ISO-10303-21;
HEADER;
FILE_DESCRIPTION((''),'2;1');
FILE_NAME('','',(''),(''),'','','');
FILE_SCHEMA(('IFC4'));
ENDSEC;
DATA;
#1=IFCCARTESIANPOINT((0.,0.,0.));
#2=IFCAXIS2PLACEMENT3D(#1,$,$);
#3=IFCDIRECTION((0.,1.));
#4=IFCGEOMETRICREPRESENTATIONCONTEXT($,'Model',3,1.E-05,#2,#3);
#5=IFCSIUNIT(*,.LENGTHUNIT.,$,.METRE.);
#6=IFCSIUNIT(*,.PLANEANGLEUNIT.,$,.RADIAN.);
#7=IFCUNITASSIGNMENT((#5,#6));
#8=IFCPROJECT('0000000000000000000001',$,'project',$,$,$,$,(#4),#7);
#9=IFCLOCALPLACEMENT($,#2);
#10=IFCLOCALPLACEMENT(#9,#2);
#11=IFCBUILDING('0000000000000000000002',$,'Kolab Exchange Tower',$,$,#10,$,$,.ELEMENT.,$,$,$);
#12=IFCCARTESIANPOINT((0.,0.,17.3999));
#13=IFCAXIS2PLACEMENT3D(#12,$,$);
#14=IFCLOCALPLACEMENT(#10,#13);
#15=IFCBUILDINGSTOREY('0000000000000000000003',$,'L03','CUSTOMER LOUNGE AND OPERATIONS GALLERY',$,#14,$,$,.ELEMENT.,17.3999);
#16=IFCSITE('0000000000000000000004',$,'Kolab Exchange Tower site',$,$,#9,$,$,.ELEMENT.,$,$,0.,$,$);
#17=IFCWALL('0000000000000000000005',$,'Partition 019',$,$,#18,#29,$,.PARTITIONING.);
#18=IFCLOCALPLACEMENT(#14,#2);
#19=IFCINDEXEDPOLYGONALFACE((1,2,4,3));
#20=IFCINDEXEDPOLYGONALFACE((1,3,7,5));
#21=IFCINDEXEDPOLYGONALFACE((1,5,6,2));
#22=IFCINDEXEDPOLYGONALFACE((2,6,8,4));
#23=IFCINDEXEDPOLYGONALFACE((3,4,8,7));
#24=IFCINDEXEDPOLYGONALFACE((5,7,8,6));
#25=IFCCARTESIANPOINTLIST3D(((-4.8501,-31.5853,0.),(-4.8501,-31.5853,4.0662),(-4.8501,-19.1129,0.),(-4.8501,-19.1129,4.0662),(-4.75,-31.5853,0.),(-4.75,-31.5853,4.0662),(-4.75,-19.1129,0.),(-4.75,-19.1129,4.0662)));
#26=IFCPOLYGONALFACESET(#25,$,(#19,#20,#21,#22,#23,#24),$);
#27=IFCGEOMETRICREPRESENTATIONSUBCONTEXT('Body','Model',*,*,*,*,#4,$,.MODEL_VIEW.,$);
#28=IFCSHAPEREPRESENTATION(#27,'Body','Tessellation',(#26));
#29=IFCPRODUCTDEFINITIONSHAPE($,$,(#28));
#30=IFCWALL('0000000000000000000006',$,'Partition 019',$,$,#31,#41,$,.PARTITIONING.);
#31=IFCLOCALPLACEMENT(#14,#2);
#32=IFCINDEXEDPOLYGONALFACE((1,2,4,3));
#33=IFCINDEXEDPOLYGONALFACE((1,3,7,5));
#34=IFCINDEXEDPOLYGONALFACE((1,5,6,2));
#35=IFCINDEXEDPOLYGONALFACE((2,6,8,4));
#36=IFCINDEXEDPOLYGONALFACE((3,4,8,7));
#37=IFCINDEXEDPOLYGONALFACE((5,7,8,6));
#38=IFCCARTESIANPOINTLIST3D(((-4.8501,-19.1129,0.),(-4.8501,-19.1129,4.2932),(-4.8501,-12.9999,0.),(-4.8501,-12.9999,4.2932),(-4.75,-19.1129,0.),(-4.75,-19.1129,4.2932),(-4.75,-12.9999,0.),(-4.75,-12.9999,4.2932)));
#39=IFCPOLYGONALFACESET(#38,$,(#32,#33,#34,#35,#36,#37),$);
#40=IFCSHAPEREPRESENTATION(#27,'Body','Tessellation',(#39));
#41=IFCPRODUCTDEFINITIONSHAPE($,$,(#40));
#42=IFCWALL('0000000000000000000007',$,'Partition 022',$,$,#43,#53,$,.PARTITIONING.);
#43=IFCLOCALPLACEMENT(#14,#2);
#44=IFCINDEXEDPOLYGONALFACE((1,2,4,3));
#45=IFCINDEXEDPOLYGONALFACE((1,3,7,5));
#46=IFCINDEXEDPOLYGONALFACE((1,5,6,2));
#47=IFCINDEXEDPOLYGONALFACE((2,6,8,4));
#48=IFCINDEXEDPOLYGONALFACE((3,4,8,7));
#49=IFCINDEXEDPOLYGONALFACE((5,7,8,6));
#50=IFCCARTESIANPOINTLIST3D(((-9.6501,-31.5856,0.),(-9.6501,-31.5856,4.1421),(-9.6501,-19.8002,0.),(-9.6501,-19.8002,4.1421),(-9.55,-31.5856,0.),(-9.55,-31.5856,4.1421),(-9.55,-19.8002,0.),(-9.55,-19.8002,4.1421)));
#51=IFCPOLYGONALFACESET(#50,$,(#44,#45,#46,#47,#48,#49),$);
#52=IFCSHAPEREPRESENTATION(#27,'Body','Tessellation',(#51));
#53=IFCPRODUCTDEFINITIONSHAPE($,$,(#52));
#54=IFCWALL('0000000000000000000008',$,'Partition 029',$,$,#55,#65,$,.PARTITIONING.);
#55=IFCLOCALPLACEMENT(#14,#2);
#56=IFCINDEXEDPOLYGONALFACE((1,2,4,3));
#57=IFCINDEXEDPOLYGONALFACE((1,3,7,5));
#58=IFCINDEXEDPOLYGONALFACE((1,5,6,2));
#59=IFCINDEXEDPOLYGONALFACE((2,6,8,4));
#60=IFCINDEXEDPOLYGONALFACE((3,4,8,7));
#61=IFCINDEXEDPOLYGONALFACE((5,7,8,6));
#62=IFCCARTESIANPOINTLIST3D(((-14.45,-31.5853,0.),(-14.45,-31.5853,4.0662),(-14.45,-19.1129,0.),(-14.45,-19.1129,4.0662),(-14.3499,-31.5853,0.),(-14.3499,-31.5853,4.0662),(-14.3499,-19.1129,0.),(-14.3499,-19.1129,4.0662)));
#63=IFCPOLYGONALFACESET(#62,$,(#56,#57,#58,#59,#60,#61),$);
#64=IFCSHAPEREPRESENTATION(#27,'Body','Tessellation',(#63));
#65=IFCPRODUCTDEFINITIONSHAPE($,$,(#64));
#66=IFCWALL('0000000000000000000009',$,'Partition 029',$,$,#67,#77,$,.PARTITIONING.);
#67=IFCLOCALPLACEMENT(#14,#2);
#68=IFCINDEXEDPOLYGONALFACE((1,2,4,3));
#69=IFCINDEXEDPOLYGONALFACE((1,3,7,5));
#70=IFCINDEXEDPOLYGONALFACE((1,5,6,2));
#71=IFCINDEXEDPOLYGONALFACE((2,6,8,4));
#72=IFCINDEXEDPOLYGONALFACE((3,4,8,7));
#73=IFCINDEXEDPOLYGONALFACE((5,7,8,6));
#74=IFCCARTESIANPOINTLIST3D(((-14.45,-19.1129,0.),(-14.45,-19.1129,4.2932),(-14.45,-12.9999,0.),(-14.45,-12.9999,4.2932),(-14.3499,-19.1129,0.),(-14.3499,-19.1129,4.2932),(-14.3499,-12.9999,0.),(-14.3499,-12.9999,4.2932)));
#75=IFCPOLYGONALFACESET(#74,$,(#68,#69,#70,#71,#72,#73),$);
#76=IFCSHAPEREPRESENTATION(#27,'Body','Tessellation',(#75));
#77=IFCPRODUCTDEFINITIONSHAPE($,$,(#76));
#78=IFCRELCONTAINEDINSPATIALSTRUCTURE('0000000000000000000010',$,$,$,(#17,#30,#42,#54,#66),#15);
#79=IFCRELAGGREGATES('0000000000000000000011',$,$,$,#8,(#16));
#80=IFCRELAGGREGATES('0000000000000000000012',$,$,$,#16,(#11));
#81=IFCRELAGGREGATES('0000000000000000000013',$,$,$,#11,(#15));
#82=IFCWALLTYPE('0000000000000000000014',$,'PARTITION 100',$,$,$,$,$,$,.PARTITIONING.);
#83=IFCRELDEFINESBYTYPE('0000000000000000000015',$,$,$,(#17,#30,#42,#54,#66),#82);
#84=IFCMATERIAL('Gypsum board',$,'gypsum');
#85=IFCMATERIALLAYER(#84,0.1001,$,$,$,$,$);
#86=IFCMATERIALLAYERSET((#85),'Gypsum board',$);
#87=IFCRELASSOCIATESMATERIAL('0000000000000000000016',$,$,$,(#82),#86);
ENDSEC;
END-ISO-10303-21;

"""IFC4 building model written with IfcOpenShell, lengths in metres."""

from ifc_helpers import new_model, si_unit, direction, frame, frame_2d, origin, place, context, subcontext, project, spatial, rectangle, extrude, material, layer, layer_set, type_object, element, save


model = new_model("IFC4")

# Units and contexts
model_context = context("Model", 3, precision=1e-05, world=origin(), true_north=direction((0.0, 1.0)))
body_context = subcontext(model_context, "Body", "Model", "MODEL_VIEW")
ifc_project = project(units=[si_unit("LENGTHUNIT", "METRE"), si_unit("PLANEANGLEUNIT", "RADIAN")], contexts=[model_context])

# Site, building, storey
site_placement = place(None, origin())
site = spatial("IfcSite", under=ifc_project, at=site_placement, Name="Kolab Exchange Tower site", CompositionType="ELEMENT", RefElevation=0.0)
building_placement = place(site_placement, origin())
building = spatial("IfcBuilding", under=site, at=building_placement, Name="Kolab Exchange Tower", CompositionType="ELEMENT")
storey_placement = place(building_placement, frame((0.0, 0.0, 17.3999)))
storey = spatial("IfcBuildingStorey", under=building, at=storey_placement, Name="L03", Description="CUSTOMER LOUNGE AND OPERATIONS GALLERY", CompositionType="ELEMENT", Elevation=17.3999)

# Walls
ifc_material_1 = material(Name="Gypsum board", Category="gypsum")
ifc_layer_1 = layer(ifc_material_1, 0.1001)
ifc_layer_set_1 = layer_set([ifc_layer_1], Name="Gypsum board")
wall_type = type_object("IfcWallType", Name="PARTITION 100", PredefinedType="PARTITIONING", material=ifc_layer_set_1)
wall_1_placement = place(storey_placement, frame((-4.8, -31.5854, 0.0), z_axis=(0.0, 0.0, 1.0), x_axis=(0.0, 1.0, 0.0)))
element("IfcWall", 1, at=wall_1_placement, inside=storey, type_object=wall_type, Name="Partition 019", PredefinedType="PARTITIONING", context=body_context, shape_type="SweptSolid", body=[
    extrude(rectangle(XDim=12.4724, YDim=0.1001, at=frame_2d((6.2363, 0.0))), origin(), (0.0, 0.0, 1.0), 4.0662),
])
wall_2_placement = place(storey_placement, frame((-4.8, -19.113, 0.0), z_axis=(0.0, 0.0, 1.0), x_axis=(0.0, 1.0, 0.0)))
element("IfcWall", 2, at=wall_2_placement, inside=storey, type_object=wall_type, Name="Partition 019", PredefinedType="PARTITIONING", context=body_context, shape_type="SweptSolid", body=[
    extrude(rectangle(XDim=6.113, YDim=0.1001, at=frame_2d((3.0566, 0.0))), origin(), (0.0, 0.0, 1.0), 4.2932),
])
wall_3_placement = place(storey_placement, frame((-9.6001, -31.5854, 0.0), z_axis=(0.0, 0.0, 1.0), x_axis=(0.0, 1.0, 0.0)))
element("IfcWall", 3, at=wall_3_placement, inside=storey, type_object=wall_type, Name="Partition 022", PredefinedType="PARTITIONING", context=body_context, shape_type="SweptSolid", body=[
    extrude(rectangle(XDim=11.7854, YDim=0.1001, at=frame_2d((5.8926, 0.0))), origin(), (0.0, 0.0, 1.0), 4.1421),
])
wall_4_placement = place(storey_placement, frame((-14.3999, -31.5854, 0.0), z_axis=(0.0, 0.0, 1.0), x_axis=(0.0, 1.0, 0.0)))
element("IfcWall", 4, at=wall_4_placement, inside=storey, type_object=wall_type, Name="Partition 029", PredefinedType="PARTITIONING", context=body_context, shape_type="SweptSolid", body=[
    extrude(rectangle(XDim=12.4724, YDim=0.1001, at=frame_2d((6.2363, 0.0))), origin(), (0.0, 0.0, 1.0), 4.0662),
])
wall_5_placement = place(storey_placement, frame((-14.3999, -19.113, 0.0), z_axis=(0.0, 0.0, 1.0), x_axis=(0.0, 1.0, 0.0)))
element("IfcWall", 5, at=wall_5_placement, inside=storey, type_object=wall_type, Name="Partition 029", PredefinedType="PARTITIONING", context=body_context, shape_type="SweptSolid", body=[
    extrude(rectangle(XDim=6.113, YDim=0.1001, at=frame_2d((3.0566, 0.0))), origin(), (0.0, 0.0, 1.0), 4.2932),
])

save(model, "model.ifc")
